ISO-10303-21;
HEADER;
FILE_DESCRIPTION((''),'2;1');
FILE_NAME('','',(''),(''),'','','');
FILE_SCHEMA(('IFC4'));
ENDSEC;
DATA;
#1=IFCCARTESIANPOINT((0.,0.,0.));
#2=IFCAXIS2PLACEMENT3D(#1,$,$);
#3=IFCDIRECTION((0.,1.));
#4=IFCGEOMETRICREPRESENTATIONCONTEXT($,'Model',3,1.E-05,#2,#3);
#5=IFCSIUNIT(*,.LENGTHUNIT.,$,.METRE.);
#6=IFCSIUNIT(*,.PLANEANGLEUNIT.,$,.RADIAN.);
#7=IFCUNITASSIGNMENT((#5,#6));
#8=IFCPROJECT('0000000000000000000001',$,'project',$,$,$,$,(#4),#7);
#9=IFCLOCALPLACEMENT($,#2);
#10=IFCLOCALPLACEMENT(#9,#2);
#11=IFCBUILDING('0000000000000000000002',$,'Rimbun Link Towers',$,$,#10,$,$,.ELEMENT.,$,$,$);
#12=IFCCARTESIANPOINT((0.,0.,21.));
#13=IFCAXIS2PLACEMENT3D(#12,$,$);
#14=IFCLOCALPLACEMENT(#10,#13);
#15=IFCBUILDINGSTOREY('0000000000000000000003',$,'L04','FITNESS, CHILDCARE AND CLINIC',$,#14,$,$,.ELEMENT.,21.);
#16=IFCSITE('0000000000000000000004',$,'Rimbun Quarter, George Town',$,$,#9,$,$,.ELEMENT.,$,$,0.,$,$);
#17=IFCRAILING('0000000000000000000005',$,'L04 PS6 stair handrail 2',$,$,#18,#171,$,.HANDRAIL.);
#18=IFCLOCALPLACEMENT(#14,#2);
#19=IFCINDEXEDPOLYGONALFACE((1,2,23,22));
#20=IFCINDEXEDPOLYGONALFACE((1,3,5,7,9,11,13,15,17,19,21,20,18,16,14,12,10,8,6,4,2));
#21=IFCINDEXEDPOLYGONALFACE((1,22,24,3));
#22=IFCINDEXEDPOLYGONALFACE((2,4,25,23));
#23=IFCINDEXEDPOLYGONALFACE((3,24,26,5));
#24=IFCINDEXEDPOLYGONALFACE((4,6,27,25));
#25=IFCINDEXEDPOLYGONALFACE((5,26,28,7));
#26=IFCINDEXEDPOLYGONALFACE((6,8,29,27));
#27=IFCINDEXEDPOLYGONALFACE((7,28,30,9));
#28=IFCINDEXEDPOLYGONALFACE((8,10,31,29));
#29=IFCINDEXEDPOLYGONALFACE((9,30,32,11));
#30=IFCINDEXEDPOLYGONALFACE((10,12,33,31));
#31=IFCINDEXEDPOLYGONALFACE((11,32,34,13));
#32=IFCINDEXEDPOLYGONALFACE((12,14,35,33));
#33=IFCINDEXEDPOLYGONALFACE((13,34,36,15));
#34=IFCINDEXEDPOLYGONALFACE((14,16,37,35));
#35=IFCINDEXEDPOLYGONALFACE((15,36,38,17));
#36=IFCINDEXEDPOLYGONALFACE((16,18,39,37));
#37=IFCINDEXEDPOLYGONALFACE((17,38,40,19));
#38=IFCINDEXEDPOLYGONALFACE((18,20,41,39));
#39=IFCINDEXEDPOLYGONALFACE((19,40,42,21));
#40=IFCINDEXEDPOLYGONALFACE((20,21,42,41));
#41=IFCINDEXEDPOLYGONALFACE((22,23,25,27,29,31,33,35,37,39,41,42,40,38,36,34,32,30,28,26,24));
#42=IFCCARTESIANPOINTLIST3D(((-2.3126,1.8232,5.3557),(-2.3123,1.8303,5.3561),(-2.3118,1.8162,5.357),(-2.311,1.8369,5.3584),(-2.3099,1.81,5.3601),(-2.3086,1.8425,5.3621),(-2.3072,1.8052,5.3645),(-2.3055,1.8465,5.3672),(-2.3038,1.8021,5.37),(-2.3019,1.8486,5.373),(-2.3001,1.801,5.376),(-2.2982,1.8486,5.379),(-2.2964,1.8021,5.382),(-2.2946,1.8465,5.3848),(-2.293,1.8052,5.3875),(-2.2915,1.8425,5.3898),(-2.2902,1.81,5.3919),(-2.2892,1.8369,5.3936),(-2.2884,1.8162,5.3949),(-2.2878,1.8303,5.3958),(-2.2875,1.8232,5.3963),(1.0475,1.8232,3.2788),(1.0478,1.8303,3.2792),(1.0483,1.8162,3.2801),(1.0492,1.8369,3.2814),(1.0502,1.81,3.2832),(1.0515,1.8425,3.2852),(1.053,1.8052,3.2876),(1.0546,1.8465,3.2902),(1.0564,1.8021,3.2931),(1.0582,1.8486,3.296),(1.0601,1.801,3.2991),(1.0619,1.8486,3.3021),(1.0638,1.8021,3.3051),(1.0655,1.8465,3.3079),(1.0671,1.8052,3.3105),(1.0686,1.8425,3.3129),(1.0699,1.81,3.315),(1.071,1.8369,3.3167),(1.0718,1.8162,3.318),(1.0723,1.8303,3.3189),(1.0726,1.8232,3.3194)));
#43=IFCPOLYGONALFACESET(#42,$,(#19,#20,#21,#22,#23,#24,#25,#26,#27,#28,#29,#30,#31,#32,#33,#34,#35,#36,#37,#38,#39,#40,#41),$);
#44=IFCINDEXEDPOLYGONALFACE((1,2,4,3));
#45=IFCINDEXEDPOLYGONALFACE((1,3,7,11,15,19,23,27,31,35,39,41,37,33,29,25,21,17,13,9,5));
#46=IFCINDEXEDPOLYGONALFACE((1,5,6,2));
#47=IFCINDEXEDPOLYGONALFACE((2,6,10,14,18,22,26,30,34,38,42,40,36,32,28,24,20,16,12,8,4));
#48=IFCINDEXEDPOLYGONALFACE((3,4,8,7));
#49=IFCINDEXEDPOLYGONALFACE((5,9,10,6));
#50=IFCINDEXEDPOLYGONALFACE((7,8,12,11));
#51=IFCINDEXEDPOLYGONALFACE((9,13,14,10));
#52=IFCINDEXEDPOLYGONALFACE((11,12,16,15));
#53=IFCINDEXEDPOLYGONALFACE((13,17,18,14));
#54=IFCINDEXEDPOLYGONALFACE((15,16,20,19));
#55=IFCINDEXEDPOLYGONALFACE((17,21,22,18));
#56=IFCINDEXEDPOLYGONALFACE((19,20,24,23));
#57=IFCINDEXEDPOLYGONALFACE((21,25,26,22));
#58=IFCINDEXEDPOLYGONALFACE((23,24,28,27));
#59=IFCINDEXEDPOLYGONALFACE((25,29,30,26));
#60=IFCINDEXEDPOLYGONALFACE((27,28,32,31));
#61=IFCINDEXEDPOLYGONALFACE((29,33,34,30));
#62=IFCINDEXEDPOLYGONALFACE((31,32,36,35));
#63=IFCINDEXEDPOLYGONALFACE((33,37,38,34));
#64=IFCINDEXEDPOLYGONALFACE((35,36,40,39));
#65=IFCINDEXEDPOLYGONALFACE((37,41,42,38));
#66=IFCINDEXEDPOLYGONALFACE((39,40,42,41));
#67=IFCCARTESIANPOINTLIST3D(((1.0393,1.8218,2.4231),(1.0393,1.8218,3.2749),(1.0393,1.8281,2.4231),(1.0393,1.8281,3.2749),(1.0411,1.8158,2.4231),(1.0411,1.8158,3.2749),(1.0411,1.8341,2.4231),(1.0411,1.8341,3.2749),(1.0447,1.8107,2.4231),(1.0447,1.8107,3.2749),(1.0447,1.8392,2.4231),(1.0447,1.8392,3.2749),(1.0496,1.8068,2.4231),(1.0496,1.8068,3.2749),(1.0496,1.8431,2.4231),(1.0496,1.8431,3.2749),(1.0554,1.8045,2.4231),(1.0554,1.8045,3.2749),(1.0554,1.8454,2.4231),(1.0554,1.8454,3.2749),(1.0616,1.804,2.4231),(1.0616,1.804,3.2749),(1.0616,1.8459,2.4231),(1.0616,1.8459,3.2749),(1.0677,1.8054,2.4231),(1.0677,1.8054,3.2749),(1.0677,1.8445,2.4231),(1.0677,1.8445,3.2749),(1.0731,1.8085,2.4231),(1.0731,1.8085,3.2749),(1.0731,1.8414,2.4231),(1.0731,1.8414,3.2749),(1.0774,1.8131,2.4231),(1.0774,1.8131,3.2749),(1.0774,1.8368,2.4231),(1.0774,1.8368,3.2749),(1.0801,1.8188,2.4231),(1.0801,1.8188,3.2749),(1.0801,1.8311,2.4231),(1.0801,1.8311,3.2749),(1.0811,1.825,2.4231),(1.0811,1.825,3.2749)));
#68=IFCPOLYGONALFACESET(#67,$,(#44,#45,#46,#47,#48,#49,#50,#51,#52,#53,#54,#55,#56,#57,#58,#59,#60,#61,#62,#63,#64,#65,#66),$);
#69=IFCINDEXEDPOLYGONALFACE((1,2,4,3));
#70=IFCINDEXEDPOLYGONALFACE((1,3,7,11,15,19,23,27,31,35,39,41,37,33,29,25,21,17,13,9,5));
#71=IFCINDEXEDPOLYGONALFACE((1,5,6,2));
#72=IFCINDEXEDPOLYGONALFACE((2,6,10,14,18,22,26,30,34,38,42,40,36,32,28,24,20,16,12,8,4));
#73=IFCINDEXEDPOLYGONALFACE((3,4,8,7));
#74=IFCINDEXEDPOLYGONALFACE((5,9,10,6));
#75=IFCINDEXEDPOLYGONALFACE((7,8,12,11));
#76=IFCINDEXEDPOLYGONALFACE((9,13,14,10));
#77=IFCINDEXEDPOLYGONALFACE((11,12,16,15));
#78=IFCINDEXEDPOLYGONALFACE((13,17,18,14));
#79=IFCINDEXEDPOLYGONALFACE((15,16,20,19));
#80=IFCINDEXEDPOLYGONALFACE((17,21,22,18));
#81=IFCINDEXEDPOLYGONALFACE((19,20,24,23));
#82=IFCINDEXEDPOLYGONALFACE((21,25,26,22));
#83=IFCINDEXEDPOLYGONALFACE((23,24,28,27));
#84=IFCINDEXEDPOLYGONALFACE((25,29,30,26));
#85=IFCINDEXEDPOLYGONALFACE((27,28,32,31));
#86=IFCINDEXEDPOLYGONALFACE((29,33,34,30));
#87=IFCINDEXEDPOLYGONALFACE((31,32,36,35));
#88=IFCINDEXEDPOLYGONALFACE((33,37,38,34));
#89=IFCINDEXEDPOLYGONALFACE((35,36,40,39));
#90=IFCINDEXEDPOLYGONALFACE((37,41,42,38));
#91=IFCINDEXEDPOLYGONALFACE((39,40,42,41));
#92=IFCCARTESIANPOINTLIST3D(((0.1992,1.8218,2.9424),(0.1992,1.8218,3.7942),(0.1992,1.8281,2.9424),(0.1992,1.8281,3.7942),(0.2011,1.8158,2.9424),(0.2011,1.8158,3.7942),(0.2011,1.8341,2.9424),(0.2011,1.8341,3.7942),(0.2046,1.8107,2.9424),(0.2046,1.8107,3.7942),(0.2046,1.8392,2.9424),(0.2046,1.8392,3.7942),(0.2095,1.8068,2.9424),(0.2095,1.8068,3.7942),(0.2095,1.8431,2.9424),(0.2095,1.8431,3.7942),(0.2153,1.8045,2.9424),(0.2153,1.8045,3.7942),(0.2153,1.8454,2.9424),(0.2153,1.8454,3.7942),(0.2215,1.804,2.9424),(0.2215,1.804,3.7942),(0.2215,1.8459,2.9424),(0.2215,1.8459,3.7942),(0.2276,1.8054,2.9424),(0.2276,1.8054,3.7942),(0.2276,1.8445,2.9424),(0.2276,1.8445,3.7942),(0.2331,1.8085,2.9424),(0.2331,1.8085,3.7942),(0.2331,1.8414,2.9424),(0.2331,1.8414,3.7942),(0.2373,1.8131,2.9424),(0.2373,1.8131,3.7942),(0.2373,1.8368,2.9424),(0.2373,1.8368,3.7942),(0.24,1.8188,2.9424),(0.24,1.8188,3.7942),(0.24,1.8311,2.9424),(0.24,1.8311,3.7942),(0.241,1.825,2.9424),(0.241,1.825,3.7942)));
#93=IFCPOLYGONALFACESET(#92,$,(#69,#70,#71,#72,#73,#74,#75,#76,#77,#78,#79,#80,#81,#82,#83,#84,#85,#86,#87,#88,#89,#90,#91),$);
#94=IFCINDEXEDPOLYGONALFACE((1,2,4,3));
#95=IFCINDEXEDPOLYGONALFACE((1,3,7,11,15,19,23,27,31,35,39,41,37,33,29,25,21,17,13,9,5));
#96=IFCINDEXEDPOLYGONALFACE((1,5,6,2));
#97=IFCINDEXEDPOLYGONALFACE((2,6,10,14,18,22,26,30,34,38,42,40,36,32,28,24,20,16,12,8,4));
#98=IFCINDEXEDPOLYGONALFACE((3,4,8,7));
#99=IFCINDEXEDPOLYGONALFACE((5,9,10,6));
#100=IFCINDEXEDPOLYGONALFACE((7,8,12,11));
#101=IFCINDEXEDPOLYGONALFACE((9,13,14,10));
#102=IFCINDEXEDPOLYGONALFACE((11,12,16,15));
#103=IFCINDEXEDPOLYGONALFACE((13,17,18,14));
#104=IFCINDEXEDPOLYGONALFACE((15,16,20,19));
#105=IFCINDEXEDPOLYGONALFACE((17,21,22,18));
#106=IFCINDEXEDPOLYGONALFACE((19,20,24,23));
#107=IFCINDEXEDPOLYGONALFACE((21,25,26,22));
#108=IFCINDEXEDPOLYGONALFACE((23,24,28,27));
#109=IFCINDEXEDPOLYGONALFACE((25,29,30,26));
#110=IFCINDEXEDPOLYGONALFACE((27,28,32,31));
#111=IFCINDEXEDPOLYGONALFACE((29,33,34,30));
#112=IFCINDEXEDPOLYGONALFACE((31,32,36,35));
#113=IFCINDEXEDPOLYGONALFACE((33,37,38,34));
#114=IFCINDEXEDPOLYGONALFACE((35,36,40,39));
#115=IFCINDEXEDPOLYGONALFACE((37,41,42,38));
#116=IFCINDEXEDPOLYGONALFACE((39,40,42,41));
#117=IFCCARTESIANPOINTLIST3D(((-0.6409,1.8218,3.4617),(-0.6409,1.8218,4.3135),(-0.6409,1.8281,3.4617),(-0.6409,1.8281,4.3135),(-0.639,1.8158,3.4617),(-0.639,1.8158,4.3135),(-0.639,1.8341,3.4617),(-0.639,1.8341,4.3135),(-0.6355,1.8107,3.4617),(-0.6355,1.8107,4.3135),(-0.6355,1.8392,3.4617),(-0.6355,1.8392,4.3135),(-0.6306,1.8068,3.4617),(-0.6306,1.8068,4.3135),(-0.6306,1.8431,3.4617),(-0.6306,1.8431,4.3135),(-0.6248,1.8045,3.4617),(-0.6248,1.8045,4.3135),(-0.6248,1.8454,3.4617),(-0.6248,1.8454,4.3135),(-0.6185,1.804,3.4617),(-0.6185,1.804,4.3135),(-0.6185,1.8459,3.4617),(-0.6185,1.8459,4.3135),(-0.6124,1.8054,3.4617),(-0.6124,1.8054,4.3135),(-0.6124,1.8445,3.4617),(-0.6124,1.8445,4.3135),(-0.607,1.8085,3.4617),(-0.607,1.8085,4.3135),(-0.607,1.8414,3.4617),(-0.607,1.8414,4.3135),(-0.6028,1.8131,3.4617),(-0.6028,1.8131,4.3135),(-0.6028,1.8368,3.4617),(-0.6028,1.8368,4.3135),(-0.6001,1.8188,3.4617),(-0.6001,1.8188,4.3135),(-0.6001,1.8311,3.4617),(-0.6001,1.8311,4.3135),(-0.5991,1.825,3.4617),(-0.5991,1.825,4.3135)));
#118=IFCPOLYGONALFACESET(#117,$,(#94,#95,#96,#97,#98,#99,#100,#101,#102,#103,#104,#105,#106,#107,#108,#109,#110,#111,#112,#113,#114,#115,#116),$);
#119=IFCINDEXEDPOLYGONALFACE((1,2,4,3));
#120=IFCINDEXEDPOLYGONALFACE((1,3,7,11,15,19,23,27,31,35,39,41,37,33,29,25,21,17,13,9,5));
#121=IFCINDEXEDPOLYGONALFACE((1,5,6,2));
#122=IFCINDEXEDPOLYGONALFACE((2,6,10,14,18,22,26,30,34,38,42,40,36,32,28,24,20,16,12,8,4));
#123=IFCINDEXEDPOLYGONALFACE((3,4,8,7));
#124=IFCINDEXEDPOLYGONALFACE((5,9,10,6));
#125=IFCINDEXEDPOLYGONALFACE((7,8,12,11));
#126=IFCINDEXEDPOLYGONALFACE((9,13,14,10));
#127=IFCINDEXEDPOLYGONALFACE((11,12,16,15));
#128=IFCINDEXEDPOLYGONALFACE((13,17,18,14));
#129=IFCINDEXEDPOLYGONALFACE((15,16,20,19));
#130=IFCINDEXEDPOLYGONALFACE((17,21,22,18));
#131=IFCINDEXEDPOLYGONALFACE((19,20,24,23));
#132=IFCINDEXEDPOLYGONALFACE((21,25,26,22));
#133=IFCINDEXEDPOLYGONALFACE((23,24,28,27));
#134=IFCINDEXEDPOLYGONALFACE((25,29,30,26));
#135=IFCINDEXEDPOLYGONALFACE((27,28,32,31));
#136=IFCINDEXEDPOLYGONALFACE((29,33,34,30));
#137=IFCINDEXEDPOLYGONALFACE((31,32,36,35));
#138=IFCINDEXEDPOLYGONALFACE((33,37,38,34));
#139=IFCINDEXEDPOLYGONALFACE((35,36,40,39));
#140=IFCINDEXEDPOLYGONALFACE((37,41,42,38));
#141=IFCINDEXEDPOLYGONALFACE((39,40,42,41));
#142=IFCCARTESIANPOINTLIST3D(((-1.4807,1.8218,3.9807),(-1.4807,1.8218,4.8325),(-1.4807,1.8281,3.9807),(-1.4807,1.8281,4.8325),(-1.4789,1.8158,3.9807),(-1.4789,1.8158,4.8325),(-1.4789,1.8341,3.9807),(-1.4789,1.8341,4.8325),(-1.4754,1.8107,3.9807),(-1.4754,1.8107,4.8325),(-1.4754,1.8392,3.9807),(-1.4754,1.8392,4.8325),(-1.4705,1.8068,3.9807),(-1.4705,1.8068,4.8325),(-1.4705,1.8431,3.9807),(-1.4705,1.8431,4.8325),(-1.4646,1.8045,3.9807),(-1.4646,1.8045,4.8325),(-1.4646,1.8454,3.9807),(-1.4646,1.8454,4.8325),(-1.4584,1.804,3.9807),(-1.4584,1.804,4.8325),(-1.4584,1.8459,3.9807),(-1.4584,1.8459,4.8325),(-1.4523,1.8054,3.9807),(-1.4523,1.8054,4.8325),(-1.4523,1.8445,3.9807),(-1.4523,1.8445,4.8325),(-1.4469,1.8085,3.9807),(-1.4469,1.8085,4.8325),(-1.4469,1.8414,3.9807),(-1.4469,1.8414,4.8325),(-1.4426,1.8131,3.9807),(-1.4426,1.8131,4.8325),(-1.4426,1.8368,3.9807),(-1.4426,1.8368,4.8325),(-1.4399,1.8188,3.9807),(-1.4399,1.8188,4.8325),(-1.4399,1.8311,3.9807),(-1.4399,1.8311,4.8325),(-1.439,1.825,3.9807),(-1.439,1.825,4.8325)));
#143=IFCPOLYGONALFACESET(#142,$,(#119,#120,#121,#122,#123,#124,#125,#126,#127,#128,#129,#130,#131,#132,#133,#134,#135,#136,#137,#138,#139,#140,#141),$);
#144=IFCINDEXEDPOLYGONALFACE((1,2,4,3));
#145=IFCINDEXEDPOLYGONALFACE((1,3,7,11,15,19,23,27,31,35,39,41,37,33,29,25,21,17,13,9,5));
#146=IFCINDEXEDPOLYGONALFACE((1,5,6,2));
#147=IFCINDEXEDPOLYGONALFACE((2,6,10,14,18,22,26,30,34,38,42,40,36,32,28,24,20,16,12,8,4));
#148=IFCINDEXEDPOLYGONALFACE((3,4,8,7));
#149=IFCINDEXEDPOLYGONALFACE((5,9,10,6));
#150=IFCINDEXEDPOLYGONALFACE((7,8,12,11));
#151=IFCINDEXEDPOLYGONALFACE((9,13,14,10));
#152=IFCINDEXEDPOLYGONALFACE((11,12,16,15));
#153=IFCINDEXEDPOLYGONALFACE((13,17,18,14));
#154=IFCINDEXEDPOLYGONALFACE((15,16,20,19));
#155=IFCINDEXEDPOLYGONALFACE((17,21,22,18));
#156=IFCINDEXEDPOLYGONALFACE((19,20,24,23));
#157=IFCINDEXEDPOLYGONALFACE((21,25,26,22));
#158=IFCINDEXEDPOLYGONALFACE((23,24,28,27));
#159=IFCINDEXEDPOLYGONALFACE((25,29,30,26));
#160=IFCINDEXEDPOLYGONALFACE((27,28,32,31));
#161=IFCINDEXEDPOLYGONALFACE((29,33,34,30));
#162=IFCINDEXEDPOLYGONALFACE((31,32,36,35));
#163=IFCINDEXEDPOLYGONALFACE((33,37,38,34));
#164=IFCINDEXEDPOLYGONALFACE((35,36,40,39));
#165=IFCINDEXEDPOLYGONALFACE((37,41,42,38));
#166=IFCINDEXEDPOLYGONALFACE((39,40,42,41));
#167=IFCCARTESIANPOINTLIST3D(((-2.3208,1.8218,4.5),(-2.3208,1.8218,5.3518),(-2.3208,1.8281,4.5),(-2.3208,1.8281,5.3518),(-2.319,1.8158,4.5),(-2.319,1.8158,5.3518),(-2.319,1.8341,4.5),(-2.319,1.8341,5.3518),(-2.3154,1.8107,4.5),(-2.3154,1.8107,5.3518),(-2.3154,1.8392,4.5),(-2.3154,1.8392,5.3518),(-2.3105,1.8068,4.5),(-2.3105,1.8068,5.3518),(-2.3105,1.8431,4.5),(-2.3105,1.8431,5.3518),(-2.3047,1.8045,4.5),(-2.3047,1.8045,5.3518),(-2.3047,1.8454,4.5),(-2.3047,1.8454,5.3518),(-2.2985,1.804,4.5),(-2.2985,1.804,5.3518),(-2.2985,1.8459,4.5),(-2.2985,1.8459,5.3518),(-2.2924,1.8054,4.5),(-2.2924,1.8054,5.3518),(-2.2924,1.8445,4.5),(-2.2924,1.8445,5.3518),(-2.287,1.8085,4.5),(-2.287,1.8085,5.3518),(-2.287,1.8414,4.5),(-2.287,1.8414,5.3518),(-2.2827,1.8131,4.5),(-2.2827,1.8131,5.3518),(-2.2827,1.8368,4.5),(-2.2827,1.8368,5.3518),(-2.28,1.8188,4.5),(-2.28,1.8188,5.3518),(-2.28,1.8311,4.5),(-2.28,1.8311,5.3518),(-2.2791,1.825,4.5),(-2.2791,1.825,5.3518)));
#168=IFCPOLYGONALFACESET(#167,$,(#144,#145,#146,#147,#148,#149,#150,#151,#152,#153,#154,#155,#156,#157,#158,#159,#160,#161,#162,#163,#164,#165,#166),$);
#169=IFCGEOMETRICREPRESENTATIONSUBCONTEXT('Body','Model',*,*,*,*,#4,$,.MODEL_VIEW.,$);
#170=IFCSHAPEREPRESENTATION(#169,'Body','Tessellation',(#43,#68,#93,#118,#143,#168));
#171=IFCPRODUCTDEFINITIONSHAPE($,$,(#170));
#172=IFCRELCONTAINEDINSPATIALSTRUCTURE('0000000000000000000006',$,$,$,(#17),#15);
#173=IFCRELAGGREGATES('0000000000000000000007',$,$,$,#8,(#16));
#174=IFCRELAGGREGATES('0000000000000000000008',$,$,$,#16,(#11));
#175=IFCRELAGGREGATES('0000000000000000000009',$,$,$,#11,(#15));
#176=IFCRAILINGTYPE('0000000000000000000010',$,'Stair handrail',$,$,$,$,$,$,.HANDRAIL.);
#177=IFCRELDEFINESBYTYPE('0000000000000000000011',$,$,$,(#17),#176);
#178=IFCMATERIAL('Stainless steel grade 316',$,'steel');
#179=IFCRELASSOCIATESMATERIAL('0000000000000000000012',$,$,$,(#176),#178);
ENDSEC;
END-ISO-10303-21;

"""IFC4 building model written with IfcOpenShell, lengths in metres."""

from ifc_helpers import new_model, si_unit, direction, frame, origin, origin_2d, place, context, subcontext, project, spatial, circle, extrude, material, type_object, element, save


model = new_model("IFC4")

# Units and contexts
model_context = context("Model", 3, precision=1e-05, world=origin(), true_north=direction((0.0, 1.0)))
body_context = subcontext(model_context, "Body", "Model", "MODEL_VIEW")
ifc_project = project(units=[si_unit("LENGTHUNIT", "METRE"), si_unit("PLANEANGLEUNIT", "RADIAN")], contexts=[model_context])

# Site, building, storey
site_placement = place(None, origin())
site = spatial("IfcSite", under=ifc_project, at=site_placement, Name="Rimbun Quarter, George Town", CompositionType="ELEMENT", RefElevation=0.0)
building_placement = place(site_placement, origin())
building = spatial("IfcBuilding", under=site, at=building_placement, Name="Rimbun Link Towers", CompositionType="ELEMENT")
storey_placement = place(building_placement, frame((0.0, 0.0, 21.0)))
storey = spatial("IfcBuildingStorey", under=building, at=storey_placement, Name="L04", Description="FITNESS, CHILDCARE AND CLINIC", CompositionType="ELEMENT", Elevation=21.0)

# Railing
ifc_material_1 = material(Name="Stainless steel grade 316", Category="steel")
railing_type_1 = type_object("IfcRailingType", Name="Stair handrail", PredefinedType="HANDRAIL", material=ifc_material_1)
railing_1_placement = place(storey_placement, frame((1.0601, 1.825, 2.4231)))
element("IfcRailing", 1, at=railing_1_placement, inside=storey, type_object=railing_type_1, Name="L04 PS6 stair handrail 2", PredefinedType="HANDRAIL", context=body_context, shape_type="SweptSolid", body=[
    extrude(circle(Radius=0.0239, at=origin_2d()), frame((0.0, 0.0, 0.876), z_axis=(-0.850623, 0.0, 0.525776), x_axis=(0.0, -1.0, 0.0)), (0.0, 0.0, 1.0), 3.9502),
    extrude(circle(Radius=0.021, at=origin_2d()), origin(), (0.0, 0.0, 1.0), 0.8518),
    extrude(circle(Radius=0.021, at=origin_2d()), frame((-0.8401, 0.0, 0.5193)), (0.0, 0.0, 1.0), 0.8518),
    extrude(circle(Radius=0.021, at=origin_2d()), frame((-1.6802, 0.0, 1.0386)), (0.0, 0.0, 1.0), 0.8518),
    extrude(circle(Radius=0.021, at=origin_2d()), frame((-2.52, 0.0, 1.5576)), (0.0, 0.0, 1.0), 0.8518),
    extrude(circle(Radius=0.021, at=origin_2d()), frame((-3.3601, 0.0, 2.0769)), (0.0, 0.0, 1.0), 0.8518),
])

save(model, "model.ifc")
